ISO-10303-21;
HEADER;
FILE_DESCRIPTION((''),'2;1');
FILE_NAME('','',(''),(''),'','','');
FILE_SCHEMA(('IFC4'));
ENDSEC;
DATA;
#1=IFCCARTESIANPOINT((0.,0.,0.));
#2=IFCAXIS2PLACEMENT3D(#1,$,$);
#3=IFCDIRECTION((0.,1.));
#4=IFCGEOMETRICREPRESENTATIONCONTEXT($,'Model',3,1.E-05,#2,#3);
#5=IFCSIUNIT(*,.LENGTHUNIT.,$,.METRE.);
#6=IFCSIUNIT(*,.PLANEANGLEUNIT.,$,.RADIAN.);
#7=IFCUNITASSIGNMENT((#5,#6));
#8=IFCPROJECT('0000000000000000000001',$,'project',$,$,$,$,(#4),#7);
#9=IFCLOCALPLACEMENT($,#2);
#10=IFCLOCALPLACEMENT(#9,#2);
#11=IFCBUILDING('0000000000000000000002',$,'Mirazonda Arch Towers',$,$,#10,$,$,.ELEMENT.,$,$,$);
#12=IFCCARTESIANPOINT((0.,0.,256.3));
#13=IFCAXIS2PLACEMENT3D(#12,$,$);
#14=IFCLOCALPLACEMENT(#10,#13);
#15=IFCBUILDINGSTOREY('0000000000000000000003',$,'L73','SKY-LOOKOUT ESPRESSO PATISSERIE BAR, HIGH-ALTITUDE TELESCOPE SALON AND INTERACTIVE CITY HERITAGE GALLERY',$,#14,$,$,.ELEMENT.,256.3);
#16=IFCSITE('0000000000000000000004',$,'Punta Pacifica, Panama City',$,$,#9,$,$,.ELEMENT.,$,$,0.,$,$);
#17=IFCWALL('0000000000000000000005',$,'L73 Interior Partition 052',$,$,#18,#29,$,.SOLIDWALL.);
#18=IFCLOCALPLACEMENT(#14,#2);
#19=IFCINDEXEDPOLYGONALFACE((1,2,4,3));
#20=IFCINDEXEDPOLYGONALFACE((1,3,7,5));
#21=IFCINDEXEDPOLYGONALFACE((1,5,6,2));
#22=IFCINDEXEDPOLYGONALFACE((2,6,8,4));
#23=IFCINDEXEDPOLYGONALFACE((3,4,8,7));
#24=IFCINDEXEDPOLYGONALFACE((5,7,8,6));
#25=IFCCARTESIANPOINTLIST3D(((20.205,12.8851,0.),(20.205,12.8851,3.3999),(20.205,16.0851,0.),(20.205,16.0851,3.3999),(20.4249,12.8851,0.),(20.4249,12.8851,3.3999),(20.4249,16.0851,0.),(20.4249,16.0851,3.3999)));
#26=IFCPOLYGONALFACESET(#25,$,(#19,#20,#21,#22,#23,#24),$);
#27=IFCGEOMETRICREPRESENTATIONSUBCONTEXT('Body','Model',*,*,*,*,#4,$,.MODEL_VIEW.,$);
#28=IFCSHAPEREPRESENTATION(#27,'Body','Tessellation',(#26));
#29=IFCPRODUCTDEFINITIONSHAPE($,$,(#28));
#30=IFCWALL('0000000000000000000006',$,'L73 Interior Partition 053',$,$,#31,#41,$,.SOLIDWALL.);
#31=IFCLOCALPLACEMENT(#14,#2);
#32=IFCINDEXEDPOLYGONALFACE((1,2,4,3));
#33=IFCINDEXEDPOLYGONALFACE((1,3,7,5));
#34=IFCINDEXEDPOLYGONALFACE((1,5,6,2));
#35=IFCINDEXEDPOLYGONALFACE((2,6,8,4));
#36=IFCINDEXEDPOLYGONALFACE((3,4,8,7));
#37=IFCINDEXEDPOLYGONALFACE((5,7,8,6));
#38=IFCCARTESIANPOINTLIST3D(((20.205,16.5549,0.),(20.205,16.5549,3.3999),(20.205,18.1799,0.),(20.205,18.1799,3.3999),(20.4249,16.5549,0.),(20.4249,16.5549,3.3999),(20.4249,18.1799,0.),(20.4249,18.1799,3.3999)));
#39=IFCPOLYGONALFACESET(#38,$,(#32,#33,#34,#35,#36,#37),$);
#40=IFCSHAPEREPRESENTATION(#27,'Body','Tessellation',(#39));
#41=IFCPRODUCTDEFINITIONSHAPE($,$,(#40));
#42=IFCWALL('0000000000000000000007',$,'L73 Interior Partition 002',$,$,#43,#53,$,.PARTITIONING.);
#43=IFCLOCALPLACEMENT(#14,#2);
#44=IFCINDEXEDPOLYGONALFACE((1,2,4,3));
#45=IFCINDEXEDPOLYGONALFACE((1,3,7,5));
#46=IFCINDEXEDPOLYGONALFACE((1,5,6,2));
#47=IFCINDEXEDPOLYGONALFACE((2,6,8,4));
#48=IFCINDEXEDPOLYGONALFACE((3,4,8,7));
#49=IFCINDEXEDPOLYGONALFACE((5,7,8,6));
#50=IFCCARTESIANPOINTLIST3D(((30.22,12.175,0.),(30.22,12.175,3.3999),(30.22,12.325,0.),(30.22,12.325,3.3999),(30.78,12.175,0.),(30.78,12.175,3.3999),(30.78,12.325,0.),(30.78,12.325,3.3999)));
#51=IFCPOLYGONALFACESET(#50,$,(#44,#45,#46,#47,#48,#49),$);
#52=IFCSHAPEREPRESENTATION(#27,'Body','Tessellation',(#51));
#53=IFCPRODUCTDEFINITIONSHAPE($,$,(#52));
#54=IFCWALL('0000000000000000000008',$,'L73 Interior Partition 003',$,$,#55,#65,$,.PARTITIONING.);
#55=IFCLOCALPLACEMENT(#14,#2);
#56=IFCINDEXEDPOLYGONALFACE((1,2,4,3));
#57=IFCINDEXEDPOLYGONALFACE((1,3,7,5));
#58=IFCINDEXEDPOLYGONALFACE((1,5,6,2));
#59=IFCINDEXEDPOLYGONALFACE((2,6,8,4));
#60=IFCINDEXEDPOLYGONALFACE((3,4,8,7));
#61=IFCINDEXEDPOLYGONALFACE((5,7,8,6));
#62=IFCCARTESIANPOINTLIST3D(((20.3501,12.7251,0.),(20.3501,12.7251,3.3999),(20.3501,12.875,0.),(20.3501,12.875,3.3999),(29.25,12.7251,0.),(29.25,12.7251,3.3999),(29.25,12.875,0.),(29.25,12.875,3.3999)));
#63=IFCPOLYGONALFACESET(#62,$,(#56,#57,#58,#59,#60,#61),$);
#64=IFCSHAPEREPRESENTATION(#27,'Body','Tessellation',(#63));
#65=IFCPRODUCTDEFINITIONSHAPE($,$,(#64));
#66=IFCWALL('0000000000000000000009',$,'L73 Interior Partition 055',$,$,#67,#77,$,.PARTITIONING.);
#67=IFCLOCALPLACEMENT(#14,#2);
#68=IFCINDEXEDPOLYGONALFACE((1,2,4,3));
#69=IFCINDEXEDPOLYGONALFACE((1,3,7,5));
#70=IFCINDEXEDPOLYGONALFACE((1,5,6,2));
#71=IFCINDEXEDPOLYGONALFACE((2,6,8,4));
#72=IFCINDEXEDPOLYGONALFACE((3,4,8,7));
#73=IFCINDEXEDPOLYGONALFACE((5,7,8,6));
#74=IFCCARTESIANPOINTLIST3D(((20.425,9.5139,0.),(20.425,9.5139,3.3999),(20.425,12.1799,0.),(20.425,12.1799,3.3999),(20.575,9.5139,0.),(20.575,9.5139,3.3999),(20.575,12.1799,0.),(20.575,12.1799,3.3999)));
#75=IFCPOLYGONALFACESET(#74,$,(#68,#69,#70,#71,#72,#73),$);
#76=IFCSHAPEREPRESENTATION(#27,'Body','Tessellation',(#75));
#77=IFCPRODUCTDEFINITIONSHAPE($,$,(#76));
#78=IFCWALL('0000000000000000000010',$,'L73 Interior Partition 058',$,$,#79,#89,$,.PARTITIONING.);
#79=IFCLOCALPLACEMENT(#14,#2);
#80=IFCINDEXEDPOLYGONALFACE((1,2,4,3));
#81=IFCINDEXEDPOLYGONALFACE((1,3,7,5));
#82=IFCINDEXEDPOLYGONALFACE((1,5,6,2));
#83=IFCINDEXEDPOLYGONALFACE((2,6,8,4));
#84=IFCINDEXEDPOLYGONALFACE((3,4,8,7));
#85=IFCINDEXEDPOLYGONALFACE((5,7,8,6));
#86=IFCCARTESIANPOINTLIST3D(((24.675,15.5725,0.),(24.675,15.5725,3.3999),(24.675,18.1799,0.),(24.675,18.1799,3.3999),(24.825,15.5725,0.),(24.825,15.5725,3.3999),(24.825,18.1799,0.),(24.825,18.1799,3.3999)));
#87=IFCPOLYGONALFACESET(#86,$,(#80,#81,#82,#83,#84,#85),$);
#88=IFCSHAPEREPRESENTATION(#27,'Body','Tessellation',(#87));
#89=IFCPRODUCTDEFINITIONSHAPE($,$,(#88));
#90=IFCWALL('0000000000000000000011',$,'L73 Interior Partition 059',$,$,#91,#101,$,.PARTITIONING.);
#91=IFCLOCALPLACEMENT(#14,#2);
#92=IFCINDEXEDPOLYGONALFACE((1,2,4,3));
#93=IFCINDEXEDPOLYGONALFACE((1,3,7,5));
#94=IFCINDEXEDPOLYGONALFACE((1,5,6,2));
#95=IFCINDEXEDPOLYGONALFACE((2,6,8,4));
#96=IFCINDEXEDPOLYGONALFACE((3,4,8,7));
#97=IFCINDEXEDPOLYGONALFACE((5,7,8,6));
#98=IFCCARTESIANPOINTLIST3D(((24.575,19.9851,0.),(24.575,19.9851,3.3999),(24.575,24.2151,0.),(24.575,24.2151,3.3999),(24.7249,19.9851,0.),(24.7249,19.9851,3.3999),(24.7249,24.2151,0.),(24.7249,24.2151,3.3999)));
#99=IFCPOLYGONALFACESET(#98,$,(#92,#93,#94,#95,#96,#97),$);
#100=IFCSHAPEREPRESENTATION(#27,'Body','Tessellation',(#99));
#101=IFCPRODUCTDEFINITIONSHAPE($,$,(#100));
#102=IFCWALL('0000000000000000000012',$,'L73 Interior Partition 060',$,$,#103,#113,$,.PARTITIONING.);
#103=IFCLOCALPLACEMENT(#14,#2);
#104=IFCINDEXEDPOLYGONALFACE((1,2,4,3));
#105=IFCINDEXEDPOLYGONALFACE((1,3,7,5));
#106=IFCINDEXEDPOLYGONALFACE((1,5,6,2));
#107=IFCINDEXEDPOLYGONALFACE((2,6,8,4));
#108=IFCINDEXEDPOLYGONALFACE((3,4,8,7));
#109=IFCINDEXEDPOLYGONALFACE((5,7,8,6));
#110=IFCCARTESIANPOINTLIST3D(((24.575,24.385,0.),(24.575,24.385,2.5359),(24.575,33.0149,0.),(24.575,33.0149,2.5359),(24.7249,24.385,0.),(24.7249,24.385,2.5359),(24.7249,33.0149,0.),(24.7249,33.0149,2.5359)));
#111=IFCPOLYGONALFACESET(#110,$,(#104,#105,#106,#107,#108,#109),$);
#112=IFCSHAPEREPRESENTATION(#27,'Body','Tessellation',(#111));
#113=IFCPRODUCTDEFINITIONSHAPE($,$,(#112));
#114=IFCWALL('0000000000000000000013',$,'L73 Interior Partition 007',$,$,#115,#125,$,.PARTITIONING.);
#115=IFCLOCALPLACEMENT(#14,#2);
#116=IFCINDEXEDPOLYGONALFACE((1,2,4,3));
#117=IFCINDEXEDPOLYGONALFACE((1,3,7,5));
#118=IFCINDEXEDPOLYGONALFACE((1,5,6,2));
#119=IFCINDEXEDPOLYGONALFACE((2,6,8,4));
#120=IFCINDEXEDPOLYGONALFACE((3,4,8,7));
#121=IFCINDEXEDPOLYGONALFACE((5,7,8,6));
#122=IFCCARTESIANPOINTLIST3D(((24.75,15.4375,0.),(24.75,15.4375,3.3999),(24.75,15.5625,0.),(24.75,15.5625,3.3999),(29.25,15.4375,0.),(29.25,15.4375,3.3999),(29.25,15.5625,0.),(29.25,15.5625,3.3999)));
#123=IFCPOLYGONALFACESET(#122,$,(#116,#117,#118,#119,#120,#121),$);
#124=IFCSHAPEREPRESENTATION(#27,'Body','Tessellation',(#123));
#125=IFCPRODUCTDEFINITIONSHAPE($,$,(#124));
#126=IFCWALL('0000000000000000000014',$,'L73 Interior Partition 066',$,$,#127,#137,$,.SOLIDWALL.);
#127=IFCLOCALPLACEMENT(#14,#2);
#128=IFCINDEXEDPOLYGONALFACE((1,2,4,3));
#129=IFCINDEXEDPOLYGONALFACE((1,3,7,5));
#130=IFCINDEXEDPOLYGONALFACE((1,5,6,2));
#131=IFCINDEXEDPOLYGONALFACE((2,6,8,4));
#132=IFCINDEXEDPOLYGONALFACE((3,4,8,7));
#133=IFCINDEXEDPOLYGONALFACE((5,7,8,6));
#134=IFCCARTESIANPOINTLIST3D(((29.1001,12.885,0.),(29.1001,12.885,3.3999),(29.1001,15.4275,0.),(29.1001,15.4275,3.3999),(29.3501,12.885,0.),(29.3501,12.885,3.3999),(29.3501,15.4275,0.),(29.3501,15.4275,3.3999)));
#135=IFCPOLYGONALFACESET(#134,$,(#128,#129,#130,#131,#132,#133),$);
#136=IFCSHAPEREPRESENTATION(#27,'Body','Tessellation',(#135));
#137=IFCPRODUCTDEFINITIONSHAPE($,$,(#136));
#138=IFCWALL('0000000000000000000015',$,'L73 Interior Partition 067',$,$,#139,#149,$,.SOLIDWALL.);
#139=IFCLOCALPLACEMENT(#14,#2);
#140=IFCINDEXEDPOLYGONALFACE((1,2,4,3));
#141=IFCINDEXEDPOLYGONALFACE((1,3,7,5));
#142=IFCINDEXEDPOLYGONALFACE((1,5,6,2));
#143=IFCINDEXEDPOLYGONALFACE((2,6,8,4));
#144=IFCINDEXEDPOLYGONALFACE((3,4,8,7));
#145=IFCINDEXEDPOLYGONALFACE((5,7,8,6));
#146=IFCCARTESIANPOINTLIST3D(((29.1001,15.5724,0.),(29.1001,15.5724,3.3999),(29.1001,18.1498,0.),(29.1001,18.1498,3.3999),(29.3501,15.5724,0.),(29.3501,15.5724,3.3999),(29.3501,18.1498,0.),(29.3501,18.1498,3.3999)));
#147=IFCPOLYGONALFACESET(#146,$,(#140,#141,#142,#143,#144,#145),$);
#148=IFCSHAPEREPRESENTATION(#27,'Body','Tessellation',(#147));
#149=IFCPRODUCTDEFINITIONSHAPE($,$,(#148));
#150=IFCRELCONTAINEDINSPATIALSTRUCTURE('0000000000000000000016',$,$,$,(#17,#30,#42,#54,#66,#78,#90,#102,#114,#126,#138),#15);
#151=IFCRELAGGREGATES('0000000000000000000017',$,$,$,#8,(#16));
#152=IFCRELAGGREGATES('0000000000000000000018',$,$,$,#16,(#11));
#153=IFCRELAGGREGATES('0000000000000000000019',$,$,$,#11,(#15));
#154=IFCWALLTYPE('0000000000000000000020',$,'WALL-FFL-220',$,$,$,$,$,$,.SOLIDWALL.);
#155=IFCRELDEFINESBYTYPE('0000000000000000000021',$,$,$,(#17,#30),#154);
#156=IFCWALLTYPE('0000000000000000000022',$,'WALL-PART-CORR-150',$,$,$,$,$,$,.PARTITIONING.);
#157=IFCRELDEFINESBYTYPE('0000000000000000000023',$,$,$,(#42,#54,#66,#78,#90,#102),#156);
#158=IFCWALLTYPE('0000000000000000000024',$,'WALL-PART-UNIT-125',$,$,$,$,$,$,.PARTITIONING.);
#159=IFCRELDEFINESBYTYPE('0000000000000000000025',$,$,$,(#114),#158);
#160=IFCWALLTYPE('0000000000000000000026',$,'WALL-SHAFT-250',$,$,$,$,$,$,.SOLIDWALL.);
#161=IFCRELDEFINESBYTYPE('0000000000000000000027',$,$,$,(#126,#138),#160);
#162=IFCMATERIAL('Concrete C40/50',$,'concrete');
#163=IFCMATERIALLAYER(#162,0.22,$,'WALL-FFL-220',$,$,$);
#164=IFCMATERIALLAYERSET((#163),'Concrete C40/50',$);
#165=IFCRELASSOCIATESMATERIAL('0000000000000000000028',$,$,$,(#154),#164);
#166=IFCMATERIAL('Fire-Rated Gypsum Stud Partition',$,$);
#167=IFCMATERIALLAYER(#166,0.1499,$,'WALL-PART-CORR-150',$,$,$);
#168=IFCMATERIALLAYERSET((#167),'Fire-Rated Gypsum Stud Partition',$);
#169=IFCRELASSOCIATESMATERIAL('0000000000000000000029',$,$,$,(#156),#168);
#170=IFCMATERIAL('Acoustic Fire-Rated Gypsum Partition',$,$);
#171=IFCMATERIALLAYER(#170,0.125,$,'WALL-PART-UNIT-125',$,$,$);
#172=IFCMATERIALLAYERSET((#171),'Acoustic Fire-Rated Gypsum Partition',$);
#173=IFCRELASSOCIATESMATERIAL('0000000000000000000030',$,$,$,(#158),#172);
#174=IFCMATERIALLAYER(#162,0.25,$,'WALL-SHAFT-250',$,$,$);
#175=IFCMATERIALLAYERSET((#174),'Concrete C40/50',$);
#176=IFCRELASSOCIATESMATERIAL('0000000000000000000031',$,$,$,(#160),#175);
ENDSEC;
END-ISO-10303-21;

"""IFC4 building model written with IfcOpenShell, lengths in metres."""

from ifc_helpers import new_model, si_unit, direction, frame, frame_2d, origin, place, context, subcontext, project, spatial, rectangle, extrude, material, layer, layer_set, type_object, element, save


model = new_model("IFC4")

# Units and contexts
model_context = context("Model", 3, precision=1e-05, world=origin(), true_north=direction((0.0, 1.0)))
body_context = subcontext(model_context, "Body", "Model", "MODEL_VIEW")
ifc_project = project(units=[si_unit("LENGTHUNIT", "METRE"), si_unit("PLANEANGLEUNIT", "RADIAN")], contexts=[model_context])

# Site, building, storey
site_placement = place(None, origin())
site = spatial("IfcSite", under=ifc_project, at=site_placement, Name="Punta Pacifica, Panama City", CompositionType="ELEMENT", RefElevation=0.0)
building_placement = place(site_placement, origin())
building = spatial("IfcBuilding", under=site, at=building_placement, Name="Mirazonda Arch Towers", CompositionType="ELEMENT")
storey_placement = place(building_placement, frame((0.0, 0.0, 256.3)))
storey = spatial("IfcBuildingStorey", under=building, at=storey_placement, Name="L73", Description="SKY-LOOKOUT ESPRESSO PATISSERIE BAR, HIGH-ALTITUDE TELESCOPE SALON AND INTERACTIVE CITY HERITAGE GALLERY", CompositionType="ELEMENT", Elevation=256.3)

# Walls
ifc_material_1 = material(Name="Concrete C40/50", Category="concrete")
ifc_layer_1 = layer(ifc_material_1, 0.22, Name="WALL-FFL-220")
ifc_layer_set_1 = layer_set([ifc_layer_1], Name="Concrete C40/50")
wall_type_1 = type_object("IfcWallType", Name="WALL-FFL-220", PredefinedType="SOLIDWALL", material=ifc_layer_set_1)
wall_1_placement = place(storey_placement, frame((20.3149, 12.885, 0.0), z_axis=(0.0, 0.0, 1.0), x_axis=(0.0, 1.0, 0.0)))
element("IfcWall", 1, at=wall_1_placement, inside=storey, type_object=wall_type_1, Name="L73 Interior Partition 052", PredefinedType="SOLIDWALL", context=body_context, shape_type="SweptSolid", body=[
    extrude(rectangle(XDim=3.2, YDim=0.22, at=frame_2d((1.6001, 0.0))), origin(), (0.0, 0.0, 1.0), 3.3999),
])
wall_2_placement = place(storey_placement, frame((20.3149, 16.5549, 0.0), z_axis=(0.0, 0.0, 1.0), x_axis=(0.0, 1.0, 0.0)))
element("IfcWall", 2, at=wall_2_placement, inside=storey, type_object=wall_type_1, Name="L73 Interior Partition 053", PredefinedType="SOLIDWALL", context=body_context, shape_type="SweptSolid", body=[
    extrude(rectangle(XDim=1.625, YDim=0.22, at=frame_2d((0.8125, 0.0))), origin(), (0.0, 0.0, 1.0), 3.3999),
])
ifc_material_2 = material(Name="Fire-Rated Gypsum Stud Partition")
ifc_layer_2 = layer(ifc_material_2, 0.1499, Name="WALL-PART-CORR-150")
ifc_layer_set_2 = layer_set([ifc_layer_2], Name="Fire-Rated Gypsum Stud Partition")
wall_type_2 = type_object("IfcWallType", Name="WALL-PART-CORR-150", PredefinedType="PARTITIONING", material=ifc_layer_set_2)
wall_3_placement = place(storey_placement, frame((30.22, 12.25, 0.0), z_axis=(0.0, 0.0, 1.0), x_axis=(1.0, 0.0, 0.0)))
element("IfcWall", 3, at=wall_3_placement, inside=storey, type_object=wall_type_2, Name="L73 Interior Partition 002", PredefinedType="PARTITIONING", context=body_context, shape_type="SweptSolid", body=[
    extrude(rectangle(XDim=0.5601, YDim=0.1499, at=frame_2d((0.28, 0.0))), origin(), (0.0, 0.0, 1.0), 3.3999),
])
wall_4_placement = place(storey_placement, frame((20.3501, 12.8, 0.0), z_axis=(0.0, 0.0, 1.0), x_axis=(1.0, 0.0, 0.0)))
element("IfcWall", 4, at=wall_4_placement, inside=storey, type_object=wall_type_2, Name="L73 Interior Partition 003", PredefinedType="PARTITIONING", context=body_context, shape_type="SweptSolid", body=[
    extrude(rectangle(XDim=8.8999, YDim=0.1499, at=frame_2d((4.45, 0.0))), origin(), (0.0, 0.0, 1.0), 3.3999),
])
wall_5_placement = place(storey_placement, frame((20.5, 9.5139, 0.0), z_axis=(0.0, 0.0, 1.0), x_axis=(0.0, 1.0, 0.0)))
element("IfcWall", 5, at=wall_5_placement, inside=storey, type_object=wall_type_2, Name="L73 Interior Partition 055", PredefinedType="PARTITIONING", context=body_context, shape_type="SweptSolid", body=[
    extrude(rectangle(XDim=2.666, YDim=0.1499, at=frame_2d((1.333, 0.0))), origin(), (0.0, 0.0, 1.0), 3.3999),
])

# Walls
wall_6_placement = place(storey_placement, frame((24.75, 15.5725, 0.0), z_axis=(0.0, 0.0, 1.0), x_axis=(0.0, 1.0, 0.0)))
element("IfcWall", 6, at=wall_6_placement, inside=storey, type_object=wall_type_2, Name="L73 Interior Partition 058", PredefinedType="PARTITIONING", context=body_context, shape_type="SweptSolid", body=[
    extrude(rectangle(XDim=2.6074, YDim=0.1499, at=frame_2d((1.3037, 0.0))), origin(), (0.0, 0.0, 1.0), 3.3999),
])
wall_7_placement = place(storey_placement, frame((24.6499, 19.9851, 0.0), z_axis=(0.0, 0.0, 1.0), x_axis=(0.0, 1.0, 0.0)))
element("IfcWall", 7, at=wall_7_placement, inside=storey, type_object=wall_type_2, Name="L73 Interior Partition 059", PredefinedType="PARTITIONING", context=body_context, shape_type="SweptSolid", body=[
    extrude(rectangle(XDim=4.23, YDim=0.1499, at=frame_2d((2.115, 0.0))), origin(), (0.0, 0.0, 1.0), 3.3999),
])
wall_8_placement = place(storey_placement, frame((24.6499, 24.385, 0.0), z_axis=(0.0, 0.0, 1.0), x_axis=(0.0, 1.0, 0.0)))
element("IfcWall", 8, at=wall_8_placement, inside=storey, type_object=wall_type_2, Name="L73 Interior Partition 060", PredefinedType="PARTITIONING", context=body_context, shape_type="SweptSolid", body=[
    extrude(rectangle(XDim=8.6299, YDim=0.1499, at=frame_2d((4.3149, 0.0))), origin(), (0.0, 0.0, 1.0), 2.5359),
])
ifc_material_3 = material(Name="Acoustic Fire-Rated Gypsum Partition")
ifc_layer_3 = layer(ifc_material_3, 0.125, Name="WALL-PART-UNIT-125")
ifc_layer_set_3 = layer_set([ifc_layer_3], Name="Acoustic Fire-Rated Gypsum Partition")
wall_type_3 = type_object("IfcWallType", Name="WALL-PART-UNIT-125", PredefinedType="PARTITIONING", material=ifc_layer_set_3)
wall_9_placement = place(storey_placement, frame((24.75, 15.5, 0.0), z_axis=(0.0, 0.0, 1.0), x_axis=(1.0, 0.0, 0.0)))
element("IfcWall", 9, at=wall_9_placement, inside=storey, type_object=wall_type_3, Name="L73 Interior Partition 007", PredefinedType="PARTITIONING", context=body_context, shape_type="SweptSolid", body=[
    extrude(rectangle(XDim=4.5, YDim=0.125, at=frame_2d((2.25, 0.0))), origin(), (0.0, 0.0, 1.0), 3.3999),
])
ifc_layer_4 = layer(ifc_material_1, 0.25, Name="WALL-SHAFT-250")
ifc_layer_set_4 = layer_set([ifc_layer_4], Name="Concrete C40/50")
wall_type_4 = type_object("IfcWallType", Name="WALL-SHAFT-250", PredefinedType="SOLIDWALL", material=ifc_layer_set_4)
wall_10_placement = place(storey_placement, frame((29.2251, 12.885, 0.0), z_axis=(0.0, 0.0, 1.0), x_axis=(0.0, 1.0, 0.0)))
element("IfcWall", 10, at=wall_10_placement, inside=storey, type_object=wall_type_4, Name="L73 Interior Partition 066", PredefinedType="SOLIDWALL", context=body_context, shape_type="SweptSolid", body=[
    extrude(rectangle(XDim=2.5425, YDim=0.25, at=frame_2d((1.2712, 0.0))), origin(), (0.0, 0.0, 1.0), 3.3999),
])
wall_11_placement = place(storey_placement, frame((29.2251, 15.5725, 0.0), z_axis=(0.0, 0.0, 1.0), x_axis=(0.0, 1.0, 0.0)))
element("IfcWall", 11, at=wall_11_placement, inside=storey, type_object=wall_type_4, Name="L73 Interior Partition 067", PredefinedType="SOLIDWALL", context=body_context, shape_type="SweptSolid", body=[
    extrude(rectangle(XDim=2.5774, YDim=0.25, at=frame_2d((1.2886, 0.0))), origin(), (0.0, 0.0, 1.0), 3.3999),
])

save(model, "model.ifc")
